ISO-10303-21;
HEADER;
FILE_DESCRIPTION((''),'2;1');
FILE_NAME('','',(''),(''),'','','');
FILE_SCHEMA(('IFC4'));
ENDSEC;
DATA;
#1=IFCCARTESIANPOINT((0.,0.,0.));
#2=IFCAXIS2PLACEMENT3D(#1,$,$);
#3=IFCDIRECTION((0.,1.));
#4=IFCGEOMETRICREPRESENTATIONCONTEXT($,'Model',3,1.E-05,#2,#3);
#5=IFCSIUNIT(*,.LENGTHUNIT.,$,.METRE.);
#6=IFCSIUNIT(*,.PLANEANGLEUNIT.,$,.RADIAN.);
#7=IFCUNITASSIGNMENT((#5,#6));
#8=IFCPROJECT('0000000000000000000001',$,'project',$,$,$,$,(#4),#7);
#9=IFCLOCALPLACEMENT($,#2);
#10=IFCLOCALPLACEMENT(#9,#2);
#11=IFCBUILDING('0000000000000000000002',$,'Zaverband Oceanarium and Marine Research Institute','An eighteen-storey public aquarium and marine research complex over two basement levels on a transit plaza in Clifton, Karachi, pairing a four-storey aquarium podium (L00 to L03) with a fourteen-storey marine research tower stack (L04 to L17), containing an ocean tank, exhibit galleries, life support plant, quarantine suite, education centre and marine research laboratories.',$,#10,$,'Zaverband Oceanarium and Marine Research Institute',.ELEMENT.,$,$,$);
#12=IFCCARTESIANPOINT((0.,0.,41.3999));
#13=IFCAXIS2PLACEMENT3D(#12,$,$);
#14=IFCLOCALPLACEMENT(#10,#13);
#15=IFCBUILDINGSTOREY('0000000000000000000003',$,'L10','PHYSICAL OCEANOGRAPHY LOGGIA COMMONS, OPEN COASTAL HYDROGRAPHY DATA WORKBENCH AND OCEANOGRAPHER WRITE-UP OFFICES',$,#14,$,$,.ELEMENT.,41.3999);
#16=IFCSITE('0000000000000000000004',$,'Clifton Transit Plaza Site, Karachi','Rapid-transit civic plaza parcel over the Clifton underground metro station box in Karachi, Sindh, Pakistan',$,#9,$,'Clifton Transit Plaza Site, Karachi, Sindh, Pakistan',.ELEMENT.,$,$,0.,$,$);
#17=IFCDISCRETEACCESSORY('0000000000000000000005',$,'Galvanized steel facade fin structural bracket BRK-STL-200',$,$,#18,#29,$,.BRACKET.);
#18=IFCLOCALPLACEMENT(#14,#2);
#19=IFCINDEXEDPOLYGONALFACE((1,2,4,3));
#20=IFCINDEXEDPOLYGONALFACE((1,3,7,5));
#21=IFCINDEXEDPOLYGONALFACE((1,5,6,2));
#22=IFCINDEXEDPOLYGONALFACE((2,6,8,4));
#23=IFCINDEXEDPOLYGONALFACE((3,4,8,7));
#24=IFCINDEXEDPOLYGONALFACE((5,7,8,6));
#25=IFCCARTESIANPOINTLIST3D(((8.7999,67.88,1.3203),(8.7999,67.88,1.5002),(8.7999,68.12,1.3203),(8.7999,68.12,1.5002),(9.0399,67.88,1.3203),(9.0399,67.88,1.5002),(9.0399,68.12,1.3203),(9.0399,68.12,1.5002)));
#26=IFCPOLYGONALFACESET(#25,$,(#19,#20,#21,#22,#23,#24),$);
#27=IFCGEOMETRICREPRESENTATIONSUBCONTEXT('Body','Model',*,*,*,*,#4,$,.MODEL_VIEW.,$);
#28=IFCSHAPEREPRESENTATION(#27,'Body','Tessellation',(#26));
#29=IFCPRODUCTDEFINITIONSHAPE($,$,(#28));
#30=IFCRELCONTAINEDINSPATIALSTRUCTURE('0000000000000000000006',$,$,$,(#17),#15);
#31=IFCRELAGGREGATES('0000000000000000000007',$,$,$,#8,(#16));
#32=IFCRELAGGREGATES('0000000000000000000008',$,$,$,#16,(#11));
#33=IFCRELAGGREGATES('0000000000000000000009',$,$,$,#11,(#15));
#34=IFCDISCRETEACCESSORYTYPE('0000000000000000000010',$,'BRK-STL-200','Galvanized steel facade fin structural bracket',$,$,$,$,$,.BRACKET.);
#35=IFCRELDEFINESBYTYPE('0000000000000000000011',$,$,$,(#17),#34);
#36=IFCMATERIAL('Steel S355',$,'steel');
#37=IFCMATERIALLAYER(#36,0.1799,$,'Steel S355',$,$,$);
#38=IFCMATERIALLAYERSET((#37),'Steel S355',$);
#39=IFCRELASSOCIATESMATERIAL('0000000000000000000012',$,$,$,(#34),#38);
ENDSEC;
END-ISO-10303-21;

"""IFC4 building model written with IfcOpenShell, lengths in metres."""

from ifc_helpers import new_model, si_unit, direction, frame, origin, origin_2d, place, context, subcontext, project, spatial, rectangle, extrude, material, layer, layer_set, type_object, element, save


model = new_model("IFC4")

# Units and contexts
model_context = context("Model", 3, precision=1e-05, world=origin(), true_north=direction((0.0, 1.0)))
body_context = subcontext(model_context, "Body", "Model", "MODEL_VIEW")
ifc_project = project(units=[si_unit("LENGTHUNIT", "METRE"), si_unit("PLANEANGLEUNIT", "RADIAN")], contexts=[model_context])

# Site, building, storey
site_placement = place(None, origin())
site = spatial("IfcSite", under=ifc_project, at=site_placement, Name="Clifton Transit Plaza Site, Karachi", Description="Rapid-transit civic plaza parcel over the Clifton underground metro station box in Karachi, Sindh, Pakistan", LongName="Clifton Transit Plaza Site, Karachi, Sindh, Pakistan", CompositionType="ELEMENT", RefElevation=0.0)
building_placement = place(site_placement, origin())
building = spatial("IfcBuilding", under=site, at=building_placement, Name="Zaverband Oceanarium and Marine Research Institute", Description="An eighteen-storey public aquarium and marine research complex over two basement levels on a transit plaza in Clifton, Karachi, pairing a four-storey aquarium podium (L00 to L03) with a fourteen-storey marine research tower stack (L04 to L17), containing an ocean tank, exhibit galleries, life support plant, quarantine suite, education centre and marine research laboratories.", LongName="Zaverband Oceanarium and Marine Research Institute", CompositionType="ELEMENT")
storey_placement = place(building_placement, frame((0.0, 0.0, 41.3999)))
storey = spatial("IfcBuildingStorey", under=building, at=storey_placement, Name="L10", Description="PHYSICAL OCEANOGRAPHY LOGGIA COMMONS, OPEN COASTAL HYDROGRAPHY DATA WORKBENCH AND OCEANOGRAPHER WRITE-UP OFFICES", CompositionType="ELEMENT", Elevation=41.3999)

# Shared definitions
ifc_material_1 = material(Name="Steel S355", Category="steel")

# Discrete accessory
ifc_layer_1 = layer(ifc_material_1, 0.1799, Name="Steel S355")
ifc_layer_set_1 = layer_set([ifc_layer_1], Name="Steel S355")
discrete_accessory_type = type_object("IfcDiscreteAccessoryType", Name="BRK-STL-200", Description="Galvanized steel facade fin structural bracket", PredefinedType="BRACKET", material=ifc_layer_set_1)
discrete_accessory_placement = place(storey_placement, frame((8.9199, 68.0, 1.3203), z_axis=(0.0, 0.0, 1.0), x_axis=(1.0, 0.0, 0.0)))
element("IfcDiscreteAccessory", 1, at=discrete_accessory_placement, inside=storey, type_object=discrete_accessory_type, Name="Galvanized steel facade fin structural bracket BRK-STL-200", PredefinedType="BRACKET", context=body_context, shape_type="SweptSolid", body=[
    extrude(rectangle(XDim=0.24, YDim=0.24, at=origin_2d()), origin(), (0.0, 0.0, 1.0), 0.1799),
])

save(model, "model.ifc")
